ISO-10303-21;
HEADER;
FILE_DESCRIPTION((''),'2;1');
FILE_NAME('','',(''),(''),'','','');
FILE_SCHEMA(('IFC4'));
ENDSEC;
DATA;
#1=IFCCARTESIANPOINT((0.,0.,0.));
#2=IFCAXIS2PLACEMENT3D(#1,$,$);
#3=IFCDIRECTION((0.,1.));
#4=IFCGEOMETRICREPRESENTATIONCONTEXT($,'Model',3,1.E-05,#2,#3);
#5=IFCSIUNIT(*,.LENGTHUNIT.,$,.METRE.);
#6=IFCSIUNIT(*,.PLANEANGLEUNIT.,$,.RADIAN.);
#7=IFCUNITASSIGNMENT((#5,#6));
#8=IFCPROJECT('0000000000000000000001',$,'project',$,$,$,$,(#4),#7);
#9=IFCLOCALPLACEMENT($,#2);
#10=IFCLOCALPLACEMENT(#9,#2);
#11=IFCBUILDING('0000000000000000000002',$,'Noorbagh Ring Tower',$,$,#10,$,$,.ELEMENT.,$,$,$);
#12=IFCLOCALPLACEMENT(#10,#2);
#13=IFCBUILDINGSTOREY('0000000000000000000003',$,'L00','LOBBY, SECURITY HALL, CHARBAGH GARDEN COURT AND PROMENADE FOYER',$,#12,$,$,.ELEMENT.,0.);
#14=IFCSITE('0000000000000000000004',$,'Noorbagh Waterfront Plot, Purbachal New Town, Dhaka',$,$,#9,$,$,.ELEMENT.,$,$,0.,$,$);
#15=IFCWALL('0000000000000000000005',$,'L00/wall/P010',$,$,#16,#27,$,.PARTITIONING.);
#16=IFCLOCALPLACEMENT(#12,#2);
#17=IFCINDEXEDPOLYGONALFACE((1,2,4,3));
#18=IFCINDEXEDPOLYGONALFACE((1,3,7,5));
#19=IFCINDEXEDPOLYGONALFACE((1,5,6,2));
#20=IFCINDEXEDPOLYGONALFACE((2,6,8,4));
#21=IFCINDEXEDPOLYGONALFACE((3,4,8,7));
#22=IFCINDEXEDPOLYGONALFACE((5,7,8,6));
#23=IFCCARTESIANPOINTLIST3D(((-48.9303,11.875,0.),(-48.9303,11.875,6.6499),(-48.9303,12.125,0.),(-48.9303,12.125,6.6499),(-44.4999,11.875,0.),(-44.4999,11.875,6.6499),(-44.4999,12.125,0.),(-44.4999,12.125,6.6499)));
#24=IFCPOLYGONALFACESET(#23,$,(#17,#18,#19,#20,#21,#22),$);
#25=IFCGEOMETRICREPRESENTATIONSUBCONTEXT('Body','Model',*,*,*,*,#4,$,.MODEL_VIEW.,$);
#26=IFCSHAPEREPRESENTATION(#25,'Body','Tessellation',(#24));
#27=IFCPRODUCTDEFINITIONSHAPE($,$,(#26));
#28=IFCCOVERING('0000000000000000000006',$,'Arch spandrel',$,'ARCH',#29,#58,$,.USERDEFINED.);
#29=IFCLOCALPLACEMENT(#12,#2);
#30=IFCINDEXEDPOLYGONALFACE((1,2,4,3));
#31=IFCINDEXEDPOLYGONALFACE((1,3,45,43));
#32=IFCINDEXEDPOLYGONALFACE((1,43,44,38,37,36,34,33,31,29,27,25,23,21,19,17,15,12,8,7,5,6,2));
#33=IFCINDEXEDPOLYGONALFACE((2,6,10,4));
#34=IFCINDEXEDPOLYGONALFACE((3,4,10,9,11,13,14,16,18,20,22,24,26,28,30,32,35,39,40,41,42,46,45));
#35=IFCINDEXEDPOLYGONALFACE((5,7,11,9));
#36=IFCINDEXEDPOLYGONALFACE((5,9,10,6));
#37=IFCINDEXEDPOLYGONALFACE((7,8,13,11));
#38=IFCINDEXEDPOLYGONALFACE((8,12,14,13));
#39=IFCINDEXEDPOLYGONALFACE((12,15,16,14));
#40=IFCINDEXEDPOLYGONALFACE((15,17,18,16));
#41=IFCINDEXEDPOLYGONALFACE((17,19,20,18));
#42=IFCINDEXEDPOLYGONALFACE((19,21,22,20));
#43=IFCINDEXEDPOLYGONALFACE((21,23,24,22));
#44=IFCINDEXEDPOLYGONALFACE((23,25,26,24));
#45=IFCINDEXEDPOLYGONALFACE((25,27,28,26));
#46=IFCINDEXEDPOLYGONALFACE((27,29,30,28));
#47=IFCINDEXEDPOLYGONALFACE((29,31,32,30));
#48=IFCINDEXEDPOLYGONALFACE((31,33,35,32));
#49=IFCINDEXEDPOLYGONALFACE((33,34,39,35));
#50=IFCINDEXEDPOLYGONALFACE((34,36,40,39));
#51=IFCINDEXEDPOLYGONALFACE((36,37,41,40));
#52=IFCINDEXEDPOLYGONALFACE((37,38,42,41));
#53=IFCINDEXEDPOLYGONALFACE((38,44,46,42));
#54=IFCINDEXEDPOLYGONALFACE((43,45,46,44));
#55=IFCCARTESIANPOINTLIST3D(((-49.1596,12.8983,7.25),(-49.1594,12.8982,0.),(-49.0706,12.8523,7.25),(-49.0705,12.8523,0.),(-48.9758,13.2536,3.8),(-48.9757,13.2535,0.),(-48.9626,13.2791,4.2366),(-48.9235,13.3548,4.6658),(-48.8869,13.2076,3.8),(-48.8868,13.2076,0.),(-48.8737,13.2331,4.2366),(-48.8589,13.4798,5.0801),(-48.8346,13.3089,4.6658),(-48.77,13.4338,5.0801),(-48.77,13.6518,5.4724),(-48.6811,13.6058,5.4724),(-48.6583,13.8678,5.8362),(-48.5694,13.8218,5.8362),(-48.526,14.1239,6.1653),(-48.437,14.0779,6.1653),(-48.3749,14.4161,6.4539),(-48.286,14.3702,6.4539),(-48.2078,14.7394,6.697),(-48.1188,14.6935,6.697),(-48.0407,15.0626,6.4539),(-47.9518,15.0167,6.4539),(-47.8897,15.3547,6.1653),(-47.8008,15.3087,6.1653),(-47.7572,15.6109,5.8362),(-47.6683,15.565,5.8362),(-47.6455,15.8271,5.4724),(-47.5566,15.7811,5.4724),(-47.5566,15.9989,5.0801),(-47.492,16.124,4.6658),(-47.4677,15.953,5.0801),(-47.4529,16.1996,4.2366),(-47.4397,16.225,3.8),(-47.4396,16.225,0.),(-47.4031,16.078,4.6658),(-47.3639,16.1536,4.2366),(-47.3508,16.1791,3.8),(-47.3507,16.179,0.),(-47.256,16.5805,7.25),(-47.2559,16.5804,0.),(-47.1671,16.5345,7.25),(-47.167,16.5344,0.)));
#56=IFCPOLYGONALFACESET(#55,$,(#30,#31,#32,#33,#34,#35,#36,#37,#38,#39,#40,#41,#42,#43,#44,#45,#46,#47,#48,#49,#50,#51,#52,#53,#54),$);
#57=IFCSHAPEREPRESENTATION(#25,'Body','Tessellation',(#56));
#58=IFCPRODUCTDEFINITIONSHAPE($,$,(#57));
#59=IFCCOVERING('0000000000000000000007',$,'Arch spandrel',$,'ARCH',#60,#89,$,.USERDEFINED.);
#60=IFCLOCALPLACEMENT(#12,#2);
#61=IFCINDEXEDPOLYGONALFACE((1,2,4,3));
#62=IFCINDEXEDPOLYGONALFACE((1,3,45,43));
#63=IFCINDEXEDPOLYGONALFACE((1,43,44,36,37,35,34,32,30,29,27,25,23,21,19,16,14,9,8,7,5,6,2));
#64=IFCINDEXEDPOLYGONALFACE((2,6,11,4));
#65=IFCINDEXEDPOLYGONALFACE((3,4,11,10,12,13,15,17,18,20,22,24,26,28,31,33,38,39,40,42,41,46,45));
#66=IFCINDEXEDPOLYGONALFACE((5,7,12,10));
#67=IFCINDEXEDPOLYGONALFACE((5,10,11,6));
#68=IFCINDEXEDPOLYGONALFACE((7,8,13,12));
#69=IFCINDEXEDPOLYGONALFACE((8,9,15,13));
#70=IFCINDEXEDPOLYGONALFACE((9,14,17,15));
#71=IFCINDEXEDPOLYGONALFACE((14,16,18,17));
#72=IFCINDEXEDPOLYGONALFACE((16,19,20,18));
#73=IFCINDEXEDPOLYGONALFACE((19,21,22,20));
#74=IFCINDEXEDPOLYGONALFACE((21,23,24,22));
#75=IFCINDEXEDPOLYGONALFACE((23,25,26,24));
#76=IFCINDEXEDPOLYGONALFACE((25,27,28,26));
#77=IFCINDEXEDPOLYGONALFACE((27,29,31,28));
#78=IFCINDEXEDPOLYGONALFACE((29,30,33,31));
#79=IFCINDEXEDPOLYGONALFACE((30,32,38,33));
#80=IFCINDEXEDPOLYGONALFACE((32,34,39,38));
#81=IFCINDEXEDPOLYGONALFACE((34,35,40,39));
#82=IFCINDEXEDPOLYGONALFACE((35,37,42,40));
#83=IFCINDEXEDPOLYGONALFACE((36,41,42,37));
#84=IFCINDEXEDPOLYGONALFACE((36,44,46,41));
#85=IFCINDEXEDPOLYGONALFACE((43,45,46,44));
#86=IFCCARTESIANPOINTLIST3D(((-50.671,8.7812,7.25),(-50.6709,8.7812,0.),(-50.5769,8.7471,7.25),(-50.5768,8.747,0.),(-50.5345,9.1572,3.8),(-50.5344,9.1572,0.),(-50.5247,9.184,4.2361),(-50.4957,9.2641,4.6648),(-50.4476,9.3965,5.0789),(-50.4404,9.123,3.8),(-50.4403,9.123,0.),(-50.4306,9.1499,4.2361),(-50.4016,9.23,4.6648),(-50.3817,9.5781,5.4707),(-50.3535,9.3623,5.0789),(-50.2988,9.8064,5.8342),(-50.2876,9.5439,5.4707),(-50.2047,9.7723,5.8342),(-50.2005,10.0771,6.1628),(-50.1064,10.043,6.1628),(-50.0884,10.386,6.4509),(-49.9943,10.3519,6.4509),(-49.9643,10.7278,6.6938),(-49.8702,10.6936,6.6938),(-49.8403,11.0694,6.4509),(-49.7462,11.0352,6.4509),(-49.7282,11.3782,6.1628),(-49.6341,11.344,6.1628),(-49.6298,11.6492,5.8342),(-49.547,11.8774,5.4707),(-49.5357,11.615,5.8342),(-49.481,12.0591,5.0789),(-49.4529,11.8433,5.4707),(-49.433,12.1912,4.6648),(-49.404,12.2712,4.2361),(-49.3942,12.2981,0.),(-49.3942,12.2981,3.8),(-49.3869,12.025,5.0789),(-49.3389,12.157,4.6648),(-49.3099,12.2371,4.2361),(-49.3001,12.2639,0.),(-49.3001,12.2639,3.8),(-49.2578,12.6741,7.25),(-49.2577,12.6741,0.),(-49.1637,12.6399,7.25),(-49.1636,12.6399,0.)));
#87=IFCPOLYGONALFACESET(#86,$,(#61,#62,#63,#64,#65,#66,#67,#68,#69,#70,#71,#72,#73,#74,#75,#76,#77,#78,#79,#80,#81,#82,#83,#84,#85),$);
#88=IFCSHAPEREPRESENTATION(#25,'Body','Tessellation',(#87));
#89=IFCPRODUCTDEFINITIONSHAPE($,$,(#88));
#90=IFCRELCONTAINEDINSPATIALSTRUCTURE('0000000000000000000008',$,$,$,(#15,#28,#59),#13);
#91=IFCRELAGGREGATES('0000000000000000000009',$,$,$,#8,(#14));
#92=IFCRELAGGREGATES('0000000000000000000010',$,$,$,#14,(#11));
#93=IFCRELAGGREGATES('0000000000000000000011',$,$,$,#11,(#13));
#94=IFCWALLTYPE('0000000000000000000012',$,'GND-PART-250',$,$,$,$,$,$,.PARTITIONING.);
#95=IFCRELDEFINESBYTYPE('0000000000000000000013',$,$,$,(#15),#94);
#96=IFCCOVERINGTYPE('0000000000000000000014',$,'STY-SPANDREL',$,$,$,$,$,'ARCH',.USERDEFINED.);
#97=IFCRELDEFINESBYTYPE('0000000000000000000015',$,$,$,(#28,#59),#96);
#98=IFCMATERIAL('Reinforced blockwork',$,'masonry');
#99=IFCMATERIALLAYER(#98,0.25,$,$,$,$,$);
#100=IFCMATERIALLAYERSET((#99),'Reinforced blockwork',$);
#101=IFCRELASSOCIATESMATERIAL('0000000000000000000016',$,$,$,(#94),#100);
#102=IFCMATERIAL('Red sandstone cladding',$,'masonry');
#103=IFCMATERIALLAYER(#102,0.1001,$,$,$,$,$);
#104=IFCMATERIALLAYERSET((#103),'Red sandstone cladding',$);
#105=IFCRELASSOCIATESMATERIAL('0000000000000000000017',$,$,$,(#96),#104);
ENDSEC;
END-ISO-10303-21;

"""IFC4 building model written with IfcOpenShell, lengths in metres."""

from ifc_helpers import new_model, si_unit, direction, frame, frame_2d, origin, place, context, subcontext, project, spatial, polyline, rectangle, outline, extrude, material, layer, layer_set, type_object, element, save


model = new_model("IFC4")

# Units and contexts
model_context = context("Model", 3, precision=1e-05, world=origin(), true_north=direction((0.0, 1.0)))
body_context = subcontext(model_context, "Body", "Model", "MODEL_VIEW")
ifc_project = project(units=[si_unit("LENGTHUNIT", "METRE"), si_unit("PLANEANGLEUNIT", "RADIAN")], contexts=[model_context])

# Site, building, storey
site_placement = place(None, origin())
site = spatial("IfcSite", under=ifc_project, at=site_placement, Name="Noorbagh Waterfront Plot, Purbachal New Town, Dhaka", CompositionType="ELEMENT", RefElevation=0.0)
building_placement = place(site_placement, origin())
building = spatial("IfcBuilding", under=site, at=building_placement, Name="Noorbagh Ring Tower", CompositionType="ELEMENT")
storey_placement = place(building_placement, origin())
storey = spatial("IfcBuildingStorey", under=building, at=storey_placement, Name="L00", Description="LOBBY, SECURITY HALL, CHARBAGH GARDEN COURT AND PROMENADE FOYER", CompositionType="ELEMENT", Elevation=0.0)

# Wall
ifc_material_1 = material(Name="Reinforced blockwork", Category="masonry")
ifc_layer_1 = layer(ifc_material_1, 0.25)
ifc_layer_set_1 = layer_set([ifc_layer_1], Name="Reinforced blockwork")
wall_type_1 = type_object("IfcWallType", Name="GND-PART-250", PredefinedType="PARTITIONING", material=ifc_layer_set_1)
wall_1_placement = place(storey_placement, frame((-48.9304, 12.0, 0.0), z_axis=(0.0, 0.0, 1.0), x_axis=(1.0, 0.0, 0.0)))
element("IfcWall", 1, at=wall_1_placement, inside=storey, type_object=wall_type_1, Name="L00/wall/P010", PredefinedType="PARTITIONING", context=body_context, shape_type="SweptSolid", body=[
    extrude(rectangle(XDim=4.4304, YDim=0.25, at=frame_2d((2.2153, 0.0))), origin(), (0.0, 0.0, 1.0), 6.6499),
])

# Coverings
ifc_material_2 = material(Name="Red sandstone cladding", Category="masonry")
ifc_layer_2 = layer(ifc_material_2, 0.1001)
ifc_layer_set_2 = layer_set([ifc_layer_2], Name="Red sandstone cladding")
covering_type_1 = type_object("IfcCoveringType", Name="STY-SPANDREL", ElementType="ARCH", PredefinedType="USERDEFINED", material=ifc_layer_set_2)
covering_1_placement = place(storey_placement, frame((-47.167, 16.5344, 0.0), z_axis=(0.888322, -0.459222, 0.000021), x_axis=(-0.459222, -0.888322, 0.0)))
element("IfcCovering", 2, at=covering_1_placement, inside=storey, type_object=covering_type_1, Name="Arch spandrel", ObjectType="ARCH", PredefinedType="USERDEFINED", context=body_context, shape_type="SweptSolid", body=[
    extrude(outline(polyline([(0.0, 0.0), (0.4001, 0.0), (0.4001, -3.8), (0.4287, -4.2366), (0.5139, -4.6658), (0.6546, -5.0801), (0.8481, -5.4724), (1.0914, -5.8362), (1.3799, -6.1653), (1.7087, -6.4539), (2.0725, -6.697), (2.4364, -6.4539), (2.7654, -6.1653), (3.0537, -5.8362), (3.2969, -5.4724), (3.4905, -5.0801), (3.6311, -4.6658), (3.7164, -4.2366), (3.7451, -3.8), (3.7451, 0.0), (4.1451, 0.0), (4.1451, -7.25), (0.0, -7.25), (0.0, 0.0)])), origin(), (0.0, 0.0, -1.0), 0.1001),
])
covering_2_placement = place(storey_placement, frame((-49.1636, 12.6399, 0.0), z_axis=(0.939975, -0.341244, 0.000014), x_axis=(-0.341244, -0.939975, 0.0)))
element("IfcCovering", 3, at=covering_2_placement, inside=storey, type_object=covering_type_1, Name="Arch spandrel", ObjectType="ARCH", PredefinedType="USERDEFINED", context=body_context, shape_type="SweptSolid", body=[
    extrude(outline(polyline([(0.0, 0.0), (0.4, 0.0), (0.4, -3.8), (0.4286, -4.2361), (0.5137, -4.6648), (0.6542, -5.0789), (0.8475, -5.4707), (1.0903, -5.8342), (1.3787, -6.1628), (1.7072, -6.4509), (2.0706, -6.6938), (2.4342, -6.4509), (2.7628, -6.1628), (3.0508, -5.8342), (3.2937, -5.4707), (3.4869, -5.0789), (3.6277, -4.6648), (3.7129, -4.2361), (3.7415, -3.8), (3.7415, 0.0), (4.1414, 0.0), (4.1414, -7.25), (0.0, -7.25), (0.0, 0.0)])), origin(), (0.0, 0.0, -1.0), 0.1001),
])

save(model, "model.ifc")
